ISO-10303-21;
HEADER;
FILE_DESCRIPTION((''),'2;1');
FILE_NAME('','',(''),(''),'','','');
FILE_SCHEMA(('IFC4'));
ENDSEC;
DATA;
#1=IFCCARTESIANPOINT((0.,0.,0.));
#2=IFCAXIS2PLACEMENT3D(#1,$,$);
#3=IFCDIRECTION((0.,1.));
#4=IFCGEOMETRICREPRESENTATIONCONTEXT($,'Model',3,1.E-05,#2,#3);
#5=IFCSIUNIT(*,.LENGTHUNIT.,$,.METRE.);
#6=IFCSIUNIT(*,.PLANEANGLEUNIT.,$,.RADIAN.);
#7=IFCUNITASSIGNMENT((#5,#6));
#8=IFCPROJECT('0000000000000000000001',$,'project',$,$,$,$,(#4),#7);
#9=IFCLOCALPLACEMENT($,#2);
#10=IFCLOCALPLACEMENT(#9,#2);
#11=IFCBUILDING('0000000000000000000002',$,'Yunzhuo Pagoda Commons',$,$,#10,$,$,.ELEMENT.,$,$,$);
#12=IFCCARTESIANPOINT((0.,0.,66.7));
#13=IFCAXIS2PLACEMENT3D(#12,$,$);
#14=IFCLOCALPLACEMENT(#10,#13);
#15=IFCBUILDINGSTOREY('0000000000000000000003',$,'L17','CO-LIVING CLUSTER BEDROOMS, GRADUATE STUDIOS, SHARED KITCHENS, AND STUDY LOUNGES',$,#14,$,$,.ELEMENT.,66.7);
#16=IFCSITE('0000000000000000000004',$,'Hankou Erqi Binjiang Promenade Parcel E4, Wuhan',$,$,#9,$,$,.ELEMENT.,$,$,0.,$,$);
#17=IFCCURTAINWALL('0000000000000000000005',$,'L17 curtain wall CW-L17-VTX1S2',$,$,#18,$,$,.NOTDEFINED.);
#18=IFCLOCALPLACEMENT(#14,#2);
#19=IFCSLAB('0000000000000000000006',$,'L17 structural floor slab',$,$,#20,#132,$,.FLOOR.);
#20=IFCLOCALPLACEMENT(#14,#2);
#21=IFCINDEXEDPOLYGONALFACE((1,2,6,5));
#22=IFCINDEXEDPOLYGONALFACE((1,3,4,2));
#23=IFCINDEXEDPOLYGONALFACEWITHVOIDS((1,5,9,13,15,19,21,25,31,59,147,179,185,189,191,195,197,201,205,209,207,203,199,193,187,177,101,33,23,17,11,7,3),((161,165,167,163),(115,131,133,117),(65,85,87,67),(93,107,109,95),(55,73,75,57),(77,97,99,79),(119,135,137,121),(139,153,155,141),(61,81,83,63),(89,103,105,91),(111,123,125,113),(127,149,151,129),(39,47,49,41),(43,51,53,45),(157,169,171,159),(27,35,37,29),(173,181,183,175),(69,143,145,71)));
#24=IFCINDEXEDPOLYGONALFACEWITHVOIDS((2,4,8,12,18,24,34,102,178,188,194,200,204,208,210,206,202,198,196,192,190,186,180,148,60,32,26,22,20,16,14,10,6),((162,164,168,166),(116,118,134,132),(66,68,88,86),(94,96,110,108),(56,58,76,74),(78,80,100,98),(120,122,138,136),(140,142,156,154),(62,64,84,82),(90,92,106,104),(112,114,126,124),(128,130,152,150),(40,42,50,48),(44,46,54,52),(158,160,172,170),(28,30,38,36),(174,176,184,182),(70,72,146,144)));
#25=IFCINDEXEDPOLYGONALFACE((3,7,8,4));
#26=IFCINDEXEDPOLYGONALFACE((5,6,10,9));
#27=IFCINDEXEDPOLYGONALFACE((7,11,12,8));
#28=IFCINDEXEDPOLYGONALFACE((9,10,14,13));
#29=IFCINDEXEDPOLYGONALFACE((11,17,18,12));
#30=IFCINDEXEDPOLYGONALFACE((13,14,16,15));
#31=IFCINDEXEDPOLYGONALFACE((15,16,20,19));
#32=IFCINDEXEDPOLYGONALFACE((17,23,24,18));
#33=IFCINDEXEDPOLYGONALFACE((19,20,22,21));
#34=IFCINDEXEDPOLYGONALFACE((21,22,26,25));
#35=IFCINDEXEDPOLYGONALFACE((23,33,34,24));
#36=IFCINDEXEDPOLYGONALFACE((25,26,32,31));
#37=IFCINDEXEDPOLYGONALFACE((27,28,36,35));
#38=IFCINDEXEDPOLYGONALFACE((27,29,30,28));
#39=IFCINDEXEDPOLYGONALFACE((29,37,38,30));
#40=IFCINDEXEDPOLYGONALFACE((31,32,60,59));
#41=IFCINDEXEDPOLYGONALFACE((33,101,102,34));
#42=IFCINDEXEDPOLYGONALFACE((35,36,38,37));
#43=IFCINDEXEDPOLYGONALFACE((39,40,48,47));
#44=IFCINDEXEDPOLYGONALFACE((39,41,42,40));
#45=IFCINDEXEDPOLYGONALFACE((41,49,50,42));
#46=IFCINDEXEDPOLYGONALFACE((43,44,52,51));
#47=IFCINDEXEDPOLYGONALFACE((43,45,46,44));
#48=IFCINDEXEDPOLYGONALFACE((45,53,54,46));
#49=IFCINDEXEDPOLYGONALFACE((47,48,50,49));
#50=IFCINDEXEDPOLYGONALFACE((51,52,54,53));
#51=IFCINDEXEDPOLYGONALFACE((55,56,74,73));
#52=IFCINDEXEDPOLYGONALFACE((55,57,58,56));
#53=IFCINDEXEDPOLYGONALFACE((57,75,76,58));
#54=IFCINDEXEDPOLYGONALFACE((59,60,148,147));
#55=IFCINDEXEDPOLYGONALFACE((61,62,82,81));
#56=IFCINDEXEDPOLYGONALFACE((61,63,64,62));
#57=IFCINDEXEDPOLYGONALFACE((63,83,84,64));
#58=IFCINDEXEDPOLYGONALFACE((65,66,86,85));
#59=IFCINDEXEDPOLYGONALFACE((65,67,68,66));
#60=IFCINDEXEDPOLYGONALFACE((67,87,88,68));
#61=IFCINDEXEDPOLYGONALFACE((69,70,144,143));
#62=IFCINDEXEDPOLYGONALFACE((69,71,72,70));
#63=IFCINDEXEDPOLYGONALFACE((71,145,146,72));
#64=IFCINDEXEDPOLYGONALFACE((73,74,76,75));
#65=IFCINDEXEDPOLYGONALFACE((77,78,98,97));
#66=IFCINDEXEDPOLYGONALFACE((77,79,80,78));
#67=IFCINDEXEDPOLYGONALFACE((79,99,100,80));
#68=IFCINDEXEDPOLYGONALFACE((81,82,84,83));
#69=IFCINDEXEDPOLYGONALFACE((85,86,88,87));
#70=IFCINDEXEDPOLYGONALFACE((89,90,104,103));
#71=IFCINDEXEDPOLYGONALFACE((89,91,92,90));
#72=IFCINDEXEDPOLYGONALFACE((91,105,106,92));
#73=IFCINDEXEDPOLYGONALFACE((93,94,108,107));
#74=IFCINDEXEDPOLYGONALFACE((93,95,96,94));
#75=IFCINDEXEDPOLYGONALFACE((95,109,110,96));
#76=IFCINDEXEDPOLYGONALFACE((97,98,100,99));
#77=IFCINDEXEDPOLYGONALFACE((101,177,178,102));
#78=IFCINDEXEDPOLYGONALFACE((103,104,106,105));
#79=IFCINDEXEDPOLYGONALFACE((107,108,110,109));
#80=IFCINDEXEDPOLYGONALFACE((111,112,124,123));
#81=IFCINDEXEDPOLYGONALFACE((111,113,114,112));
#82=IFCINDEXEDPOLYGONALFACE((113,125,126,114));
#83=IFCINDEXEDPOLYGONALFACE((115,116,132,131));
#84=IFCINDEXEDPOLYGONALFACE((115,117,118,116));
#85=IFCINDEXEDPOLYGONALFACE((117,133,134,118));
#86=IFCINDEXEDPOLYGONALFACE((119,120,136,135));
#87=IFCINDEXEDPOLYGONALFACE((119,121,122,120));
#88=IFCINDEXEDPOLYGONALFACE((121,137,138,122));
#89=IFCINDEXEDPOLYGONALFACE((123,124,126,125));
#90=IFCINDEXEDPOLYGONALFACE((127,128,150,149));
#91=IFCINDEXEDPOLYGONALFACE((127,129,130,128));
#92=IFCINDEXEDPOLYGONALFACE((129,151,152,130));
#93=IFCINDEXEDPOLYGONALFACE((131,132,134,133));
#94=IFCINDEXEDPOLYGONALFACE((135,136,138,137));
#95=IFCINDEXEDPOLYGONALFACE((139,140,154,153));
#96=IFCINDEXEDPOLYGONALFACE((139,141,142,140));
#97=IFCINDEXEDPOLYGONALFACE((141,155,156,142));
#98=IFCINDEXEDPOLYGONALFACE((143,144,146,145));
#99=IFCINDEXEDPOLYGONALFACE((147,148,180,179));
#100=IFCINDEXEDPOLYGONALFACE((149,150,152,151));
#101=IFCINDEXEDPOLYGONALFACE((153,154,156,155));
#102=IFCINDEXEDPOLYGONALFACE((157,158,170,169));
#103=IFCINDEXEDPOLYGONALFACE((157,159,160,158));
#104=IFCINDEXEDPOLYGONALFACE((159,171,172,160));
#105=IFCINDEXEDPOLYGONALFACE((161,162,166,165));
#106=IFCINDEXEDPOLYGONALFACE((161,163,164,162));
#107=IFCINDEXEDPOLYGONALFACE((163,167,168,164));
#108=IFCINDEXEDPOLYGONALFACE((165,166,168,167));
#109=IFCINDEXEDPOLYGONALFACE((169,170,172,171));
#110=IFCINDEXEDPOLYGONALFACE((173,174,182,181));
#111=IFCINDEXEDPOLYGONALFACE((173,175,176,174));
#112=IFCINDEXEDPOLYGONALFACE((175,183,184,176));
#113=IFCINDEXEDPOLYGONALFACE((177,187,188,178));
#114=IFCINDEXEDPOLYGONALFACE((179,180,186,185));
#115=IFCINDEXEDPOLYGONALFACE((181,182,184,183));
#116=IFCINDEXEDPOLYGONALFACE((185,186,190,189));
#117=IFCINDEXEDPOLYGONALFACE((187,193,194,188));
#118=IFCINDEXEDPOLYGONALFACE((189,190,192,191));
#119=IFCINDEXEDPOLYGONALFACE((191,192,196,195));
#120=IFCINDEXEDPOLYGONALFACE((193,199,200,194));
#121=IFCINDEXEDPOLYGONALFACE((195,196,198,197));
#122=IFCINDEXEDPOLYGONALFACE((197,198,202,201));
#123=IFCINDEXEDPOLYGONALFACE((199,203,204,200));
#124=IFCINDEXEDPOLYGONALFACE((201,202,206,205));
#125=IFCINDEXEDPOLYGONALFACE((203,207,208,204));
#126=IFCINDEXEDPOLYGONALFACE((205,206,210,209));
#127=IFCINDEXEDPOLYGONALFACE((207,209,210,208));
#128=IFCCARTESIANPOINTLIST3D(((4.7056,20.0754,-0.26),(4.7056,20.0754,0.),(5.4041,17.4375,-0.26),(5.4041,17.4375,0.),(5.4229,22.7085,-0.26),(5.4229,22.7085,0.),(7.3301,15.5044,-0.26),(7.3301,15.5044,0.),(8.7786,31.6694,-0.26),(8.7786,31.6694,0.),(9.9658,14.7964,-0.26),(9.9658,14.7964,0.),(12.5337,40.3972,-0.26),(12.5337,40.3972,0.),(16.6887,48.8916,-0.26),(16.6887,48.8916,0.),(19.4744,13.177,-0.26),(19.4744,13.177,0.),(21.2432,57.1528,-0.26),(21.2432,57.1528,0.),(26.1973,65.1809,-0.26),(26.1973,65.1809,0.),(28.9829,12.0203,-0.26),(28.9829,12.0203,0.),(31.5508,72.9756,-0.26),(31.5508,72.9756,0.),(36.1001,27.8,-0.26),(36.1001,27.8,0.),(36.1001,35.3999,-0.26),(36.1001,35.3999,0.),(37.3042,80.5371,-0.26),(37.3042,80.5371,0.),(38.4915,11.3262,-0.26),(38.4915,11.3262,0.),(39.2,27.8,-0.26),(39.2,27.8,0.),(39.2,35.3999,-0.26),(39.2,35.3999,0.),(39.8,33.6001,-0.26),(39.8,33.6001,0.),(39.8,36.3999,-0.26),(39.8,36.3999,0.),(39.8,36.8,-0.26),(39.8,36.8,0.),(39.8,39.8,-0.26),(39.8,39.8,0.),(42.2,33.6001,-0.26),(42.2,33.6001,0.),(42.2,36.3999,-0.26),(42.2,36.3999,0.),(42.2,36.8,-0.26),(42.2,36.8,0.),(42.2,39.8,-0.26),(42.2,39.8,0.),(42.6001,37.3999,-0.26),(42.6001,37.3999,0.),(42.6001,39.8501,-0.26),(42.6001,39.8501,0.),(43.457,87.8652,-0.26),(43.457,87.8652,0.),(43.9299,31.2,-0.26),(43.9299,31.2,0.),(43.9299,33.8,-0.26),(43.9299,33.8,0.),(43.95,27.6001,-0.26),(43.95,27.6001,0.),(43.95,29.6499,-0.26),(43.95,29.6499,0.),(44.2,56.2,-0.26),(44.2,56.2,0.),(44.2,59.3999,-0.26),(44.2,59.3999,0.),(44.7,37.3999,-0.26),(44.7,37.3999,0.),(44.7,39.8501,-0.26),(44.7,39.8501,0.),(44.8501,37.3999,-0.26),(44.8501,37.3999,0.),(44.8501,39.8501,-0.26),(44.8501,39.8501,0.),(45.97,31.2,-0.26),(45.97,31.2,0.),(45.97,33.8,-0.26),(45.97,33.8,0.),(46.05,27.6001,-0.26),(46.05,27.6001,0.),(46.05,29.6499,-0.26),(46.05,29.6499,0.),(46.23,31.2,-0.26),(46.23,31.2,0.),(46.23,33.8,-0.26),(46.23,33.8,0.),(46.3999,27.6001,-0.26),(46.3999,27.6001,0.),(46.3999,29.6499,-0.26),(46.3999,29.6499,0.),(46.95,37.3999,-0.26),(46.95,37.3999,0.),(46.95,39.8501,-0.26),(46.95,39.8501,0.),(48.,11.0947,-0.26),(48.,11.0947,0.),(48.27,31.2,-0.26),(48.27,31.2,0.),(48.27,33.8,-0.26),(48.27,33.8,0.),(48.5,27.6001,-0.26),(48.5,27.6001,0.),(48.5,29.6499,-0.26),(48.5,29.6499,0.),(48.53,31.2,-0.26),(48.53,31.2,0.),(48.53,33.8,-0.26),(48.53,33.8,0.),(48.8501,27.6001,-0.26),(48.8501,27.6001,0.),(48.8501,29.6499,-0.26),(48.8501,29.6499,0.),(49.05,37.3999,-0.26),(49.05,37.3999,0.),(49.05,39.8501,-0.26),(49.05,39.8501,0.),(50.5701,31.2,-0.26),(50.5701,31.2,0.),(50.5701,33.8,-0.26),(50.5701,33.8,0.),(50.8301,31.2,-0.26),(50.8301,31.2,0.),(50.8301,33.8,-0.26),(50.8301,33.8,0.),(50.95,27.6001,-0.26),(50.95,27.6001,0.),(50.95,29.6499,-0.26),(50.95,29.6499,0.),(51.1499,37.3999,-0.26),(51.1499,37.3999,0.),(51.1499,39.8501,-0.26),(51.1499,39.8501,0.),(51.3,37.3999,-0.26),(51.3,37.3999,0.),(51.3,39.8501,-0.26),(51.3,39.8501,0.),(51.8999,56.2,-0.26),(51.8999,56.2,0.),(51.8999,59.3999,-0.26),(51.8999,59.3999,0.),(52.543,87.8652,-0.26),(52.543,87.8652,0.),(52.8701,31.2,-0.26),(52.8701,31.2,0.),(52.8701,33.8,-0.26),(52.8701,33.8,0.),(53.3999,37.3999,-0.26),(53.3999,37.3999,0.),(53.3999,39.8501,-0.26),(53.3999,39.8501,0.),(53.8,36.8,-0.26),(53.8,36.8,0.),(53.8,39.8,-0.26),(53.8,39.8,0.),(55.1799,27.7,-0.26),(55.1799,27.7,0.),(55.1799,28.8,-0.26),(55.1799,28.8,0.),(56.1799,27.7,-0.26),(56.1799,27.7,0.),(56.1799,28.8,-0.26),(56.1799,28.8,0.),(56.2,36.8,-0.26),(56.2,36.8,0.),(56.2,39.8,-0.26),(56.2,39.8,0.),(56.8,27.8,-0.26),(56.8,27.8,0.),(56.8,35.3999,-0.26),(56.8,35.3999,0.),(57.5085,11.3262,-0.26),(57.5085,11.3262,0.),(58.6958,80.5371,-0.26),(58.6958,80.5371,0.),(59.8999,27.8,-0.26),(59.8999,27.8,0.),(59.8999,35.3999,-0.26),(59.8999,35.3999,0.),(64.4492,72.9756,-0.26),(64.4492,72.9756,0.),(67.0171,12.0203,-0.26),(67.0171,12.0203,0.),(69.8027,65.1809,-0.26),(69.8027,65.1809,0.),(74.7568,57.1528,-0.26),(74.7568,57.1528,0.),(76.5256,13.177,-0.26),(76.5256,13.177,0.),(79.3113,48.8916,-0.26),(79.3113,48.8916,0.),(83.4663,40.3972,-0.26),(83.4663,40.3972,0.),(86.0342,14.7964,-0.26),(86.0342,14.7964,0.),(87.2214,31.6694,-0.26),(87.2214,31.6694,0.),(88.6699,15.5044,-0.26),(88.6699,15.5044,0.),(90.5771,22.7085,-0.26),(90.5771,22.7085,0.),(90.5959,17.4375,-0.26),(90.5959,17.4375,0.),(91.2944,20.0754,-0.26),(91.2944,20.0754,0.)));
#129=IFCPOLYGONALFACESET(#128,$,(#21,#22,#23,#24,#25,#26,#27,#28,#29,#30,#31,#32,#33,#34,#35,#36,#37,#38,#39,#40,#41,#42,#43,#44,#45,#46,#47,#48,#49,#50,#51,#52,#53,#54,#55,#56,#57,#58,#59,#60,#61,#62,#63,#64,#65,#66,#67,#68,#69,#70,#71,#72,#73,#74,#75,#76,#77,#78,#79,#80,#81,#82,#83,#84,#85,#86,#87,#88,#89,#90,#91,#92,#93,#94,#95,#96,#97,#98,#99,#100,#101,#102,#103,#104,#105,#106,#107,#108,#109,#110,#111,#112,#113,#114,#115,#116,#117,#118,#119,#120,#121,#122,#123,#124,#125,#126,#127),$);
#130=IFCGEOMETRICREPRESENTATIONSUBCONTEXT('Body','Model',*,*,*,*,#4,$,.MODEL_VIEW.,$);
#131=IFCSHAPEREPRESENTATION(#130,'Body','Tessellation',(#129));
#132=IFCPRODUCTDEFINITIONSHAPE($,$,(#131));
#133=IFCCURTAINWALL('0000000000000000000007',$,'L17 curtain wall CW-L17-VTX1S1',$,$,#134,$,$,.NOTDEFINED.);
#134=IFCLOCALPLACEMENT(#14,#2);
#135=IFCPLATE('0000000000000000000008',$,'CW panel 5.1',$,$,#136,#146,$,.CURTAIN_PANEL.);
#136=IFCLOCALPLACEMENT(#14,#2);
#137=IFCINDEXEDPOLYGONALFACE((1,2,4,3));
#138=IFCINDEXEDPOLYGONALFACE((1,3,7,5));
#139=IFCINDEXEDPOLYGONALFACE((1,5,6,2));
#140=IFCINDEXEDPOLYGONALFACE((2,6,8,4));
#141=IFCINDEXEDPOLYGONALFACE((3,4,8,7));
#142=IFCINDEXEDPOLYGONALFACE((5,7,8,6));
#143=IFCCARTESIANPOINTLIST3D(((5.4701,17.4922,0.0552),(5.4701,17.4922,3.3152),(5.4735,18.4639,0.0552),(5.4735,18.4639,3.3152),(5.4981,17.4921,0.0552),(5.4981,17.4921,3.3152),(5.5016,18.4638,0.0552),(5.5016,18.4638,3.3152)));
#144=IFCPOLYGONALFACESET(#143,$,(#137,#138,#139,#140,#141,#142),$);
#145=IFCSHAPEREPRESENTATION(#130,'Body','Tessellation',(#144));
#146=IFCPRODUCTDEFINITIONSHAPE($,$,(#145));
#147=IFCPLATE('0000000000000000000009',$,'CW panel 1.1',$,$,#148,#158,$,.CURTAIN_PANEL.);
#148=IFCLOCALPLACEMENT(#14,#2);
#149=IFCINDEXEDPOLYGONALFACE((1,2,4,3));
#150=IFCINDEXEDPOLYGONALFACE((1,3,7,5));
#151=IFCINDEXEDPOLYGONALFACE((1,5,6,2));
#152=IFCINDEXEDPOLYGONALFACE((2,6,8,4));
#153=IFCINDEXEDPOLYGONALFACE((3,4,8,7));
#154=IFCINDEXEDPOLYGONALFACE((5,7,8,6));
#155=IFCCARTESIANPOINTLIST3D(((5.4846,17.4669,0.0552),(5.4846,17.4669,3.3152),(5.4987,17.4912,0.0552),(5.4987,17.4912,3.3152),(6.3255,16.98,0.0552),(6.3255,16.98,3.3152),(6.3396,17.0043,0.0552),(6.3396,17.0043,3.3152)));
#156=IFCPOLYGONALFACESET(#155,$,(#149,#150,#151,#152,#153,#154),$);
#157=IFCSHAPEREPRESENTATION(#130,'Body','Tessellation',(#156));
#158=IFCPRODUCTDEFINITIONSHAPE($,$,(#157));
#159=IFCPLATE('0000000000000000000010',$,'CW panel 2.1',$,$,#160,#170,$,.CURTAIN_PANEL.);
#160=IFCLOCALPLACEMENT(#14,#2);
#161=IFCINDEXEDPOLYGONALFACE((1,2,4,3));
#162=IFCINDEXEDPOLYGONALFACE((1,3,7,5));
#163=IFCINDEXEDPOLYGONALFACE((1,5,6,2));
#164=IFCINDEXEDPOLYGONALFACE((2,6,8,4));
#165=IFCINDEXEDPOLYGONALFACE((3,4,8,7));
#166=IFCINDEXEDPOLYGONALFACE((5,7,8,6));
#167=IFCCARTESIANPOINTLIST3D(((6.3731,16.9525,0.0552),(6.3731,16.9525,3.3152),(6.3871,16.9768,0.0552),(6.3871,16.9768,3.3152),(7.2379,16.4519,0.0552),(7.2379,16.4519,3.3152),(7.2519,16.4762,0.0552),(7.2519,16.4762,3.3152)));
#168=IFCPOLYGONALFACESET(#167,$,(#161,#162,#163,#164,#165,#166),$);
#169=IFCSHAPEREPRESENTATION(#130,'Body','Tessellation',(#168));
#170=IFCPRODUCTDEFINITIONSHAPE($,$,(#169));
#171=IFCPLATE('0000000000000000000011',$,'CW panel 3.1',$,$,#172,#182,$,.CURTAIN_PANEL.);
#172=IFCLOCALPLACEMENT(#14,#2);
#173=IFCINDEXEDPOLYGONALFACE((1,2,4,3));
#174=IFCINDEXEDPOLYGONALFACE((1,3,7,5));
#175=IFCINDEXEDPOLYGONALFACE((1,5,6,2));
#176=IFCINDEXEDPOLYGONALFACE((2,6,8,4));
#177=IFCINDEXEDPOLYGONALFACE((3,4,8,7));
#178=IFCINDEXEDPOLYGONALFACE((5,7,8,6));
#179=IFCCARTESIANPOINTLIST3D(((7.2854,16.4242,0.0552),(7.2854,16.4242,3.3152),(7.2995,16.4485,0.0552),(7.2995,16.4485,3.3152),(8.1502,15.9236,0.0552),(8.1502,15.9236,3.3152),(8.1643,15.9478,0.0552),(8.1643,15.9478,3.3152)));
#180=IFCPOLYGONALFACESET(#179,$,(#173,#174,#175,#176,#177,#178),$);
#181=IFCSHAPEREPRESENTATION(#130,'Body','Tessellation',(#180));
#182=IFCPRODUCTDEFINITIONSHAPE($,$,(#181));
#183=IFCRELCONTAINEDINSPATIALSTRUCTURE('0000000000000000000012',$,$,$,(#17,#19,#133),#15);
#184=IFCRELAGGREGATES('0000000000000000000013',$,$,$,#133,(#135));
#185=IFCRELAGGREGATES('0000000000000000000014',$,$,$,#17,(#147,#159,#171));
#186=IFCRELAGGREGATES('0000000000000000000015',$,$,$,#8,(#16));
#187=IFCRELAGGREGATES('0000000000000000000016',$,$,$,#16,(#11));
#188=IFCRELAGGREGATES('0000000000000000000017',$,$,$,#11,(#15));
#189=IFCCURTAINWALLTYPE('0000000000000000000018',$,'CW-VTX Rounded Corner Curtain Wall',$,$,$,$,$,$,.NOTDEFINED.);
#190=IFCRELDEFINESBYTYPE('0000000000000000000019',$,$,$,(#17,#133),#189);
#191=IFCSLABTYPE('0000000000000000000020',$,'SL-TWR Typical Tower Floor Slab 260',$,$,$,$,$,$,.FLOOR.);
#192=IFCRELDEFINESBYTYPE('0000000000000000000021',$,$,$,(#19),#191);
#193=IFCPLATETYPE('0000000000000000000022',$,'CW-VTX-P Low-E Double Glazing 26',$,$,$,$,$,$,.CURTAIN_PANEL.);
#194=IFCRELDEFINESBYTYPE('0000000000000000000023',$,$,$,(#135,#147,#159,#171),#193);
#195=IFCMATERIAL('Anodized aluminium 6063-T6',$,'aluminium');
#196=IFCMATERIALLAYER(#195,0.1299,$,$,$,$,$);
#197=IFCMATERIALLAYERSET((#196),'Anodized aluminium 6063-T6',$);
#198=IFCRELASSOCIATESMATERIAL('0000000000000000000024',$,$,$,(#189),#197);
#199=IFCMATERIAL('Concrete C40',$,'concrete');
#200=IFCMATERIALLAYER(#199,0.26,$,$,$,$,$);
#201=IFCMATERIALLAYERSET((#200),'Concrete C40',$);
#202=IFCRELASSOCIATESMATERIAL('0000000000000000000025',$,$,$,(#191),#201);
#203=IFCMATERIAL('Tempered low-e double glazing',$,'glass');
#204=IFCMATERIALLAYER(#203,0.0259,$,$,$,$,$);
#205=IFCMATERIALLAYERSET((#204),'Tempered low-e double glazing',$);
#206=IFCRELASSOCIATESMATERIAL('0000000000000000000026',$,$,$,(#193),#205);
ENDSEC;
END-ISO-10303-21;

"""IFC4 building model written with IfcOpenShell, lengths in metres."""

from ifc_helpers import new_model, si_unit, direction, frame, origin, origin_2d, place, context, subcontext, project, spatial, polyline, rectangle, outline, extrude, source, transform, mapped, material, layer, layer_set, type_object, element, aggregate, save


model = new_model("IFC4")

# Units and contexts
model_context = context("Model", 3, precision=1e-05, world=origin(), true_north=direction((0.0, 1.0)))
body_context = subcontext(model_context, "Body", "Model", "MODEL_VIEW")
ifc_project = project(units=[si_unit("LENGTHUNIT", "METRE"), si_unit("PLANEANGLEUNIT", "RADIAN")], contexts=[model_context])

# Site, building, storey
site_placement = place(None, origin())
site = spatial("IfcSite", under=ifc_project, at=site_placement, Name="Hankou Erqi Binjiang Promenade Parcel E4, Wuhan", CompositionType="ELEMENT", RefElevation=0.0)
building_placement = place(site_placement, origin())
building = spatial("IfcBuilding", under=site, at=building_placement, Name="Yunzhuo Pagoda Commons", CompositionType="ELEMENT")
storey_placement = place(building_placement, frame((0.0, 0.0, 66.7)))
storey = spatial("IfcBuildingStorey", under=building, at=storey_placement, Name="L17", Description="CO-LIVING CLUSTER BEDROOMS, GRADUATE STUDIOS, SHARED KITCHENS, AND STUDY LOUNGES", CompositionType="ELEMENT", Elevation=66.7)

# Curtain wall
ifc_material_1 = material(Name="Anodized aluminium 6063-T6", Category="aluminium")
ifc_layer_1 = layer(ifc_material_1, 0.1299)
ifc_layer_set_1 = layer_set([ifc_layer_1], Name="Anodized aluminium 6063-T6")
curtain_wall_type = type_object("IfcCurtainWallType", Name="CW-VTX Rounded Corner Curtain Wall", PredefinedType="NOTDEFINED", material=ifc_layer_set_1)
curtain_wall_1_placement = place(storey_placement, origin())
curtain_wall_1 = element("IfcCurtainWall", 1, at=curtain_wall_1_placement, inside=storey, type_object=curtain_wall_type, Name="L17 curtain wall CW-L17-VTX1S2", PredefinedType="NOTDEFINED")

# Shared definitions
ifc_material_2 = material(Name="Concrete C40", Category="concrete")

# Slab
ifc_layer_2 = layer(ifc_material_2, 0.26)
ifc_layer_set_2 = layer_set([ifc_layer_2], Name="Concrete C40")
slab_type_1 = type_object("IfcSlabType", Name="SL-TWR Typical Tower Floor Slab 260", PredefinedType="FLOOR", material=ifc_layer_set_2)
slab_1_placement = place(storey_placement, frame((0.0, 0.0, -0.26)))
element("IfcSlab", 2, at=slab_1_placement, inside=storey, type_object=slab_type_1, Name="L17 structural floor slab", PredefinedType="FLOOR", context=body_context, shape_type="SweptSolid", body=[
    extrude(outline(polyline([(8.7786, 31.6694), (12.5337, 40.3972), (16.6887, 48.8916), (21.2432, 57.1528), (26.1973, 65.1809), (31.5508, 72.9756), (37.3042, 80.5371), (43.457, 87.8652), (52.543, 87.8652), (58.6958, 80.5371), (64.4492, 72.9756), (69.8027, 65.1809), (74.7568, 57.1528), (79.3113, 48.8916), (83.4663, 40.3972), (87.2214, 31.6694), (90.5771, 22.7085), (91.2944, 20.0754), (90.5959, 17.4375), (88.6699, 15.5044), (86.0342, 14.7964), (76.5256, 13.177), (67.0171, 12.0203), (57.5085, 11.3262), (48.0, 11.0947), (38.4915, 11.3262), (28.9829, 12.0203), (19.4744, 13.177), (9.9658, 14.7964), (7.3301, 15.5044), (5.4041, 17.4375), (4.7056, 20.0754), (5.4229, 22.7085), (8.7786, 31.6694)]), holes=[polyline([(46.05, 27.6001), (46.05, 29.6499), (43.95, 29.6499), (43.95, 27.6001), (46.05, 27.6001)]), polyline([(48.5, 27.6001), (48.5, 29.6499), (46.3999, 29.6499), (46.3999, 27.6001), (48.5, 27.6001)]), polyline([(36.1001, 27.8), (39.2, 27.8), (39.2, 35.3999), (36.1001, 35.3999), (36.1001, 27.8)]), polyline([(45.97, 31.2), (45.97, 33.8), (43.9299, 33.8), (43.9299, 31.2), (45.97, 31.2)]), polyline([(48.27, 31.2), (48.27, 33.8), (46.23, 33.8), (46.23, 31.2), (48.27, 31.2)]), polyline([(42.2, 33.6001), (42.2, 36.3999), (39.8, 36.3999), (39.8, 33.6001), (42.2, 33.6001)]), polyline([(42.2, 36.8), (42.2, 39.8), (39.8, 39.8), (39.8, 36.8), (42.2, 36.8)]), polyline([(42.6001, 37.3999), (44.7, 37.3999), (44.7, 39.8501), (42.6001, 39.8501), (42.6001, 37.3999)]), polyline([(44.8501, 37.3999), (46.95, 37.3999), (46.95, 39.8501), (44.8501, 39.8501), (44.8501, 37.3999)]), polyline([(56.1799, 27.7), (56.1799, 28.8), (55.1799, 28.8), (55.1799, 27.7), (56.1799, 27.7)]), polyline([(50.95, 27.6001), (50.95, 29.6499), (48.8501, 29.6499), (48.8501, 27.6001), (50.95, 27.6001)]), polyline([(56.8, 27.8), (59.8999, 27.8), (59.8999, 35.3999), (56.8, 35.3999), (56.8, 27.8)]), polyline([(50.5701, 31.2), (50.5701, 33.8), (48.53, 33.8), (48.53, 31.2), (50.5701, 31.2)]), polyline([(52.8701, 31.2), (52.8701, 33.8), (50.8301, 33.8), (50.8301, 31.2), (52.8701, 31.2)]), polyline([(56.2, 36.8), (56.2, 39.8), (53.8, 39.8), (53.8, 36.8), (56.2, 36.8)]), polyline([(51.1499, 37.3999), (51.1499, 39.8501), (49.05, 39.8501), (49.05, 37.3999), (51.1499, 37.3999)]), polyline([(51.3, 37.3999), (53.3999, 37.3999), (53.3999, 39.8501), (51.3, 39.8501), (51.3, 37.3999)]), polyline([(44.2, 56.2), (51.8999, 56.2), (51.8999, 59.3999), (44.2, 59.3999), (44.2, 56.2)])]), origin(), (0.0, 0.0, 1.0), 0.26),
])

# Curtain wall, plate
curtain_wall_2_placement = place(storey_placement, origin())
curtain_wall_2 = element("IfcCurtainWall", 3, at=curtain_wall_2_placement, inside=storey, type_object=curtain_wall_type, Name="L17 curtain wall CW-L17-VTX1S1", PredefinedType="NOTDEFINED")
ifc_material_3 = material(Name="Tempered low-e double glazing", Category="glass")
ifc_layer_3 = layer(ifc_material_3, 0.0259)
ifc_layer_set_3 = layer_set([ifc_layer_3], Name="Tempered low-e double glazing")
plate_type = type_object("IfcPlateType", Name="CW-VTX-P Low-E Double Glazing 26", PredefinedType="CURTAIN_PANEL", material=ifc_layer_set_3)
shared_shape_1 = source(origin(), body_context, "Body", "SweptSolid", [
    extrude(rectangle(XDim=0.9717, YDim=0.0281, at=origin_2d()), origin(), (0.0, 0.0, 1.0), 3.26),
])
plate_1_placement = place(storey_placement, frame((5.4858, 17.978, 0.0552), z_axis=(0.0, 0.0, 1.0), x_axis=(-0.003586, -0.999994, 0.0)))
plate_1 = element("IfcPlate", 4, at=plate_1_placement, type_object=plate_type, Name="CW panel 5.1", PredefinedType="CURTAIN_PANEL", context=body_context, shape_type="MappedRepresentation", body=[
    mapped(shared_shape_1, transform((0.0, 0.0, 0.0), scale=1.0)),
])
aggregate(curtain_wall_2, [plate_1])

# Plates
plate_2_placement = place(storey_placement, frame((5.9121, 17.2356, 0.0552), z_axis=(0.0, 0.0, 1.0), x_axis=(0.865425, -0.501039, 0.0)))
plate_2 = element("IfcPlate", 5, at=plate_2_placement, type_object=plate_type, Name="CW panel 1.1", PredefinedType="CURTAIN_PANEL", context=body_context, shape_type="MappedRepresentation", body=[
    mapped(shared_shape_1, transform((0.0, 0.0, 0.0), scale=1.0)),
])
shared_shape_2 = source(origin(), body_context, "Body", "SweptSolid", [
    extrude(rectangle(XDim=0.9993, YDim=0.0281, at=origin_2d()), origin(), (0.0, 0.0, 1.0), 3.26),
])
plate_3_placement = place(storey_placement, frame((6.8125, 16.7144, 0.0552), z_axis=(0.0, 0.0, 1.0), x_axis=(0.865425, -0.501039, 0.0)))
plate_3 = element("IfcPlate", 6, at=plate_3_placement, type_object=plate_type, Name="CW panel 2.1", PredefinedType="CURTAIN_PANEL", context=body_context, shape_type="MappedRepresentation", body=[
    mapped(shared_shape_2, transform((0.0, 0.0, 0.0), scale=1.0)),
])
plate_4_placement = place(storey_placement, frame((7.7249, 16.186, 0.0552), z_axis=(0.0, 0.0, 1.0), x_axis=(0.865425, -0.501039, 0.0)))
plate_4 = element("IfcPlate", 7, at=plate_4_placement, type_object=plate_type, Name="CW panel 3.1", PredefinedType="CURTAIN_PANEL", context=body_context, shape_type="MappedRepresentation", body=[
    mapped(shared_shape_2, transform((0.0, 0.0, 0.0), scale=1.0)),
])
aggregate(curtain_wall_1, [plate_2, plate_3, plate_4])

save(model, "model.ifc")
